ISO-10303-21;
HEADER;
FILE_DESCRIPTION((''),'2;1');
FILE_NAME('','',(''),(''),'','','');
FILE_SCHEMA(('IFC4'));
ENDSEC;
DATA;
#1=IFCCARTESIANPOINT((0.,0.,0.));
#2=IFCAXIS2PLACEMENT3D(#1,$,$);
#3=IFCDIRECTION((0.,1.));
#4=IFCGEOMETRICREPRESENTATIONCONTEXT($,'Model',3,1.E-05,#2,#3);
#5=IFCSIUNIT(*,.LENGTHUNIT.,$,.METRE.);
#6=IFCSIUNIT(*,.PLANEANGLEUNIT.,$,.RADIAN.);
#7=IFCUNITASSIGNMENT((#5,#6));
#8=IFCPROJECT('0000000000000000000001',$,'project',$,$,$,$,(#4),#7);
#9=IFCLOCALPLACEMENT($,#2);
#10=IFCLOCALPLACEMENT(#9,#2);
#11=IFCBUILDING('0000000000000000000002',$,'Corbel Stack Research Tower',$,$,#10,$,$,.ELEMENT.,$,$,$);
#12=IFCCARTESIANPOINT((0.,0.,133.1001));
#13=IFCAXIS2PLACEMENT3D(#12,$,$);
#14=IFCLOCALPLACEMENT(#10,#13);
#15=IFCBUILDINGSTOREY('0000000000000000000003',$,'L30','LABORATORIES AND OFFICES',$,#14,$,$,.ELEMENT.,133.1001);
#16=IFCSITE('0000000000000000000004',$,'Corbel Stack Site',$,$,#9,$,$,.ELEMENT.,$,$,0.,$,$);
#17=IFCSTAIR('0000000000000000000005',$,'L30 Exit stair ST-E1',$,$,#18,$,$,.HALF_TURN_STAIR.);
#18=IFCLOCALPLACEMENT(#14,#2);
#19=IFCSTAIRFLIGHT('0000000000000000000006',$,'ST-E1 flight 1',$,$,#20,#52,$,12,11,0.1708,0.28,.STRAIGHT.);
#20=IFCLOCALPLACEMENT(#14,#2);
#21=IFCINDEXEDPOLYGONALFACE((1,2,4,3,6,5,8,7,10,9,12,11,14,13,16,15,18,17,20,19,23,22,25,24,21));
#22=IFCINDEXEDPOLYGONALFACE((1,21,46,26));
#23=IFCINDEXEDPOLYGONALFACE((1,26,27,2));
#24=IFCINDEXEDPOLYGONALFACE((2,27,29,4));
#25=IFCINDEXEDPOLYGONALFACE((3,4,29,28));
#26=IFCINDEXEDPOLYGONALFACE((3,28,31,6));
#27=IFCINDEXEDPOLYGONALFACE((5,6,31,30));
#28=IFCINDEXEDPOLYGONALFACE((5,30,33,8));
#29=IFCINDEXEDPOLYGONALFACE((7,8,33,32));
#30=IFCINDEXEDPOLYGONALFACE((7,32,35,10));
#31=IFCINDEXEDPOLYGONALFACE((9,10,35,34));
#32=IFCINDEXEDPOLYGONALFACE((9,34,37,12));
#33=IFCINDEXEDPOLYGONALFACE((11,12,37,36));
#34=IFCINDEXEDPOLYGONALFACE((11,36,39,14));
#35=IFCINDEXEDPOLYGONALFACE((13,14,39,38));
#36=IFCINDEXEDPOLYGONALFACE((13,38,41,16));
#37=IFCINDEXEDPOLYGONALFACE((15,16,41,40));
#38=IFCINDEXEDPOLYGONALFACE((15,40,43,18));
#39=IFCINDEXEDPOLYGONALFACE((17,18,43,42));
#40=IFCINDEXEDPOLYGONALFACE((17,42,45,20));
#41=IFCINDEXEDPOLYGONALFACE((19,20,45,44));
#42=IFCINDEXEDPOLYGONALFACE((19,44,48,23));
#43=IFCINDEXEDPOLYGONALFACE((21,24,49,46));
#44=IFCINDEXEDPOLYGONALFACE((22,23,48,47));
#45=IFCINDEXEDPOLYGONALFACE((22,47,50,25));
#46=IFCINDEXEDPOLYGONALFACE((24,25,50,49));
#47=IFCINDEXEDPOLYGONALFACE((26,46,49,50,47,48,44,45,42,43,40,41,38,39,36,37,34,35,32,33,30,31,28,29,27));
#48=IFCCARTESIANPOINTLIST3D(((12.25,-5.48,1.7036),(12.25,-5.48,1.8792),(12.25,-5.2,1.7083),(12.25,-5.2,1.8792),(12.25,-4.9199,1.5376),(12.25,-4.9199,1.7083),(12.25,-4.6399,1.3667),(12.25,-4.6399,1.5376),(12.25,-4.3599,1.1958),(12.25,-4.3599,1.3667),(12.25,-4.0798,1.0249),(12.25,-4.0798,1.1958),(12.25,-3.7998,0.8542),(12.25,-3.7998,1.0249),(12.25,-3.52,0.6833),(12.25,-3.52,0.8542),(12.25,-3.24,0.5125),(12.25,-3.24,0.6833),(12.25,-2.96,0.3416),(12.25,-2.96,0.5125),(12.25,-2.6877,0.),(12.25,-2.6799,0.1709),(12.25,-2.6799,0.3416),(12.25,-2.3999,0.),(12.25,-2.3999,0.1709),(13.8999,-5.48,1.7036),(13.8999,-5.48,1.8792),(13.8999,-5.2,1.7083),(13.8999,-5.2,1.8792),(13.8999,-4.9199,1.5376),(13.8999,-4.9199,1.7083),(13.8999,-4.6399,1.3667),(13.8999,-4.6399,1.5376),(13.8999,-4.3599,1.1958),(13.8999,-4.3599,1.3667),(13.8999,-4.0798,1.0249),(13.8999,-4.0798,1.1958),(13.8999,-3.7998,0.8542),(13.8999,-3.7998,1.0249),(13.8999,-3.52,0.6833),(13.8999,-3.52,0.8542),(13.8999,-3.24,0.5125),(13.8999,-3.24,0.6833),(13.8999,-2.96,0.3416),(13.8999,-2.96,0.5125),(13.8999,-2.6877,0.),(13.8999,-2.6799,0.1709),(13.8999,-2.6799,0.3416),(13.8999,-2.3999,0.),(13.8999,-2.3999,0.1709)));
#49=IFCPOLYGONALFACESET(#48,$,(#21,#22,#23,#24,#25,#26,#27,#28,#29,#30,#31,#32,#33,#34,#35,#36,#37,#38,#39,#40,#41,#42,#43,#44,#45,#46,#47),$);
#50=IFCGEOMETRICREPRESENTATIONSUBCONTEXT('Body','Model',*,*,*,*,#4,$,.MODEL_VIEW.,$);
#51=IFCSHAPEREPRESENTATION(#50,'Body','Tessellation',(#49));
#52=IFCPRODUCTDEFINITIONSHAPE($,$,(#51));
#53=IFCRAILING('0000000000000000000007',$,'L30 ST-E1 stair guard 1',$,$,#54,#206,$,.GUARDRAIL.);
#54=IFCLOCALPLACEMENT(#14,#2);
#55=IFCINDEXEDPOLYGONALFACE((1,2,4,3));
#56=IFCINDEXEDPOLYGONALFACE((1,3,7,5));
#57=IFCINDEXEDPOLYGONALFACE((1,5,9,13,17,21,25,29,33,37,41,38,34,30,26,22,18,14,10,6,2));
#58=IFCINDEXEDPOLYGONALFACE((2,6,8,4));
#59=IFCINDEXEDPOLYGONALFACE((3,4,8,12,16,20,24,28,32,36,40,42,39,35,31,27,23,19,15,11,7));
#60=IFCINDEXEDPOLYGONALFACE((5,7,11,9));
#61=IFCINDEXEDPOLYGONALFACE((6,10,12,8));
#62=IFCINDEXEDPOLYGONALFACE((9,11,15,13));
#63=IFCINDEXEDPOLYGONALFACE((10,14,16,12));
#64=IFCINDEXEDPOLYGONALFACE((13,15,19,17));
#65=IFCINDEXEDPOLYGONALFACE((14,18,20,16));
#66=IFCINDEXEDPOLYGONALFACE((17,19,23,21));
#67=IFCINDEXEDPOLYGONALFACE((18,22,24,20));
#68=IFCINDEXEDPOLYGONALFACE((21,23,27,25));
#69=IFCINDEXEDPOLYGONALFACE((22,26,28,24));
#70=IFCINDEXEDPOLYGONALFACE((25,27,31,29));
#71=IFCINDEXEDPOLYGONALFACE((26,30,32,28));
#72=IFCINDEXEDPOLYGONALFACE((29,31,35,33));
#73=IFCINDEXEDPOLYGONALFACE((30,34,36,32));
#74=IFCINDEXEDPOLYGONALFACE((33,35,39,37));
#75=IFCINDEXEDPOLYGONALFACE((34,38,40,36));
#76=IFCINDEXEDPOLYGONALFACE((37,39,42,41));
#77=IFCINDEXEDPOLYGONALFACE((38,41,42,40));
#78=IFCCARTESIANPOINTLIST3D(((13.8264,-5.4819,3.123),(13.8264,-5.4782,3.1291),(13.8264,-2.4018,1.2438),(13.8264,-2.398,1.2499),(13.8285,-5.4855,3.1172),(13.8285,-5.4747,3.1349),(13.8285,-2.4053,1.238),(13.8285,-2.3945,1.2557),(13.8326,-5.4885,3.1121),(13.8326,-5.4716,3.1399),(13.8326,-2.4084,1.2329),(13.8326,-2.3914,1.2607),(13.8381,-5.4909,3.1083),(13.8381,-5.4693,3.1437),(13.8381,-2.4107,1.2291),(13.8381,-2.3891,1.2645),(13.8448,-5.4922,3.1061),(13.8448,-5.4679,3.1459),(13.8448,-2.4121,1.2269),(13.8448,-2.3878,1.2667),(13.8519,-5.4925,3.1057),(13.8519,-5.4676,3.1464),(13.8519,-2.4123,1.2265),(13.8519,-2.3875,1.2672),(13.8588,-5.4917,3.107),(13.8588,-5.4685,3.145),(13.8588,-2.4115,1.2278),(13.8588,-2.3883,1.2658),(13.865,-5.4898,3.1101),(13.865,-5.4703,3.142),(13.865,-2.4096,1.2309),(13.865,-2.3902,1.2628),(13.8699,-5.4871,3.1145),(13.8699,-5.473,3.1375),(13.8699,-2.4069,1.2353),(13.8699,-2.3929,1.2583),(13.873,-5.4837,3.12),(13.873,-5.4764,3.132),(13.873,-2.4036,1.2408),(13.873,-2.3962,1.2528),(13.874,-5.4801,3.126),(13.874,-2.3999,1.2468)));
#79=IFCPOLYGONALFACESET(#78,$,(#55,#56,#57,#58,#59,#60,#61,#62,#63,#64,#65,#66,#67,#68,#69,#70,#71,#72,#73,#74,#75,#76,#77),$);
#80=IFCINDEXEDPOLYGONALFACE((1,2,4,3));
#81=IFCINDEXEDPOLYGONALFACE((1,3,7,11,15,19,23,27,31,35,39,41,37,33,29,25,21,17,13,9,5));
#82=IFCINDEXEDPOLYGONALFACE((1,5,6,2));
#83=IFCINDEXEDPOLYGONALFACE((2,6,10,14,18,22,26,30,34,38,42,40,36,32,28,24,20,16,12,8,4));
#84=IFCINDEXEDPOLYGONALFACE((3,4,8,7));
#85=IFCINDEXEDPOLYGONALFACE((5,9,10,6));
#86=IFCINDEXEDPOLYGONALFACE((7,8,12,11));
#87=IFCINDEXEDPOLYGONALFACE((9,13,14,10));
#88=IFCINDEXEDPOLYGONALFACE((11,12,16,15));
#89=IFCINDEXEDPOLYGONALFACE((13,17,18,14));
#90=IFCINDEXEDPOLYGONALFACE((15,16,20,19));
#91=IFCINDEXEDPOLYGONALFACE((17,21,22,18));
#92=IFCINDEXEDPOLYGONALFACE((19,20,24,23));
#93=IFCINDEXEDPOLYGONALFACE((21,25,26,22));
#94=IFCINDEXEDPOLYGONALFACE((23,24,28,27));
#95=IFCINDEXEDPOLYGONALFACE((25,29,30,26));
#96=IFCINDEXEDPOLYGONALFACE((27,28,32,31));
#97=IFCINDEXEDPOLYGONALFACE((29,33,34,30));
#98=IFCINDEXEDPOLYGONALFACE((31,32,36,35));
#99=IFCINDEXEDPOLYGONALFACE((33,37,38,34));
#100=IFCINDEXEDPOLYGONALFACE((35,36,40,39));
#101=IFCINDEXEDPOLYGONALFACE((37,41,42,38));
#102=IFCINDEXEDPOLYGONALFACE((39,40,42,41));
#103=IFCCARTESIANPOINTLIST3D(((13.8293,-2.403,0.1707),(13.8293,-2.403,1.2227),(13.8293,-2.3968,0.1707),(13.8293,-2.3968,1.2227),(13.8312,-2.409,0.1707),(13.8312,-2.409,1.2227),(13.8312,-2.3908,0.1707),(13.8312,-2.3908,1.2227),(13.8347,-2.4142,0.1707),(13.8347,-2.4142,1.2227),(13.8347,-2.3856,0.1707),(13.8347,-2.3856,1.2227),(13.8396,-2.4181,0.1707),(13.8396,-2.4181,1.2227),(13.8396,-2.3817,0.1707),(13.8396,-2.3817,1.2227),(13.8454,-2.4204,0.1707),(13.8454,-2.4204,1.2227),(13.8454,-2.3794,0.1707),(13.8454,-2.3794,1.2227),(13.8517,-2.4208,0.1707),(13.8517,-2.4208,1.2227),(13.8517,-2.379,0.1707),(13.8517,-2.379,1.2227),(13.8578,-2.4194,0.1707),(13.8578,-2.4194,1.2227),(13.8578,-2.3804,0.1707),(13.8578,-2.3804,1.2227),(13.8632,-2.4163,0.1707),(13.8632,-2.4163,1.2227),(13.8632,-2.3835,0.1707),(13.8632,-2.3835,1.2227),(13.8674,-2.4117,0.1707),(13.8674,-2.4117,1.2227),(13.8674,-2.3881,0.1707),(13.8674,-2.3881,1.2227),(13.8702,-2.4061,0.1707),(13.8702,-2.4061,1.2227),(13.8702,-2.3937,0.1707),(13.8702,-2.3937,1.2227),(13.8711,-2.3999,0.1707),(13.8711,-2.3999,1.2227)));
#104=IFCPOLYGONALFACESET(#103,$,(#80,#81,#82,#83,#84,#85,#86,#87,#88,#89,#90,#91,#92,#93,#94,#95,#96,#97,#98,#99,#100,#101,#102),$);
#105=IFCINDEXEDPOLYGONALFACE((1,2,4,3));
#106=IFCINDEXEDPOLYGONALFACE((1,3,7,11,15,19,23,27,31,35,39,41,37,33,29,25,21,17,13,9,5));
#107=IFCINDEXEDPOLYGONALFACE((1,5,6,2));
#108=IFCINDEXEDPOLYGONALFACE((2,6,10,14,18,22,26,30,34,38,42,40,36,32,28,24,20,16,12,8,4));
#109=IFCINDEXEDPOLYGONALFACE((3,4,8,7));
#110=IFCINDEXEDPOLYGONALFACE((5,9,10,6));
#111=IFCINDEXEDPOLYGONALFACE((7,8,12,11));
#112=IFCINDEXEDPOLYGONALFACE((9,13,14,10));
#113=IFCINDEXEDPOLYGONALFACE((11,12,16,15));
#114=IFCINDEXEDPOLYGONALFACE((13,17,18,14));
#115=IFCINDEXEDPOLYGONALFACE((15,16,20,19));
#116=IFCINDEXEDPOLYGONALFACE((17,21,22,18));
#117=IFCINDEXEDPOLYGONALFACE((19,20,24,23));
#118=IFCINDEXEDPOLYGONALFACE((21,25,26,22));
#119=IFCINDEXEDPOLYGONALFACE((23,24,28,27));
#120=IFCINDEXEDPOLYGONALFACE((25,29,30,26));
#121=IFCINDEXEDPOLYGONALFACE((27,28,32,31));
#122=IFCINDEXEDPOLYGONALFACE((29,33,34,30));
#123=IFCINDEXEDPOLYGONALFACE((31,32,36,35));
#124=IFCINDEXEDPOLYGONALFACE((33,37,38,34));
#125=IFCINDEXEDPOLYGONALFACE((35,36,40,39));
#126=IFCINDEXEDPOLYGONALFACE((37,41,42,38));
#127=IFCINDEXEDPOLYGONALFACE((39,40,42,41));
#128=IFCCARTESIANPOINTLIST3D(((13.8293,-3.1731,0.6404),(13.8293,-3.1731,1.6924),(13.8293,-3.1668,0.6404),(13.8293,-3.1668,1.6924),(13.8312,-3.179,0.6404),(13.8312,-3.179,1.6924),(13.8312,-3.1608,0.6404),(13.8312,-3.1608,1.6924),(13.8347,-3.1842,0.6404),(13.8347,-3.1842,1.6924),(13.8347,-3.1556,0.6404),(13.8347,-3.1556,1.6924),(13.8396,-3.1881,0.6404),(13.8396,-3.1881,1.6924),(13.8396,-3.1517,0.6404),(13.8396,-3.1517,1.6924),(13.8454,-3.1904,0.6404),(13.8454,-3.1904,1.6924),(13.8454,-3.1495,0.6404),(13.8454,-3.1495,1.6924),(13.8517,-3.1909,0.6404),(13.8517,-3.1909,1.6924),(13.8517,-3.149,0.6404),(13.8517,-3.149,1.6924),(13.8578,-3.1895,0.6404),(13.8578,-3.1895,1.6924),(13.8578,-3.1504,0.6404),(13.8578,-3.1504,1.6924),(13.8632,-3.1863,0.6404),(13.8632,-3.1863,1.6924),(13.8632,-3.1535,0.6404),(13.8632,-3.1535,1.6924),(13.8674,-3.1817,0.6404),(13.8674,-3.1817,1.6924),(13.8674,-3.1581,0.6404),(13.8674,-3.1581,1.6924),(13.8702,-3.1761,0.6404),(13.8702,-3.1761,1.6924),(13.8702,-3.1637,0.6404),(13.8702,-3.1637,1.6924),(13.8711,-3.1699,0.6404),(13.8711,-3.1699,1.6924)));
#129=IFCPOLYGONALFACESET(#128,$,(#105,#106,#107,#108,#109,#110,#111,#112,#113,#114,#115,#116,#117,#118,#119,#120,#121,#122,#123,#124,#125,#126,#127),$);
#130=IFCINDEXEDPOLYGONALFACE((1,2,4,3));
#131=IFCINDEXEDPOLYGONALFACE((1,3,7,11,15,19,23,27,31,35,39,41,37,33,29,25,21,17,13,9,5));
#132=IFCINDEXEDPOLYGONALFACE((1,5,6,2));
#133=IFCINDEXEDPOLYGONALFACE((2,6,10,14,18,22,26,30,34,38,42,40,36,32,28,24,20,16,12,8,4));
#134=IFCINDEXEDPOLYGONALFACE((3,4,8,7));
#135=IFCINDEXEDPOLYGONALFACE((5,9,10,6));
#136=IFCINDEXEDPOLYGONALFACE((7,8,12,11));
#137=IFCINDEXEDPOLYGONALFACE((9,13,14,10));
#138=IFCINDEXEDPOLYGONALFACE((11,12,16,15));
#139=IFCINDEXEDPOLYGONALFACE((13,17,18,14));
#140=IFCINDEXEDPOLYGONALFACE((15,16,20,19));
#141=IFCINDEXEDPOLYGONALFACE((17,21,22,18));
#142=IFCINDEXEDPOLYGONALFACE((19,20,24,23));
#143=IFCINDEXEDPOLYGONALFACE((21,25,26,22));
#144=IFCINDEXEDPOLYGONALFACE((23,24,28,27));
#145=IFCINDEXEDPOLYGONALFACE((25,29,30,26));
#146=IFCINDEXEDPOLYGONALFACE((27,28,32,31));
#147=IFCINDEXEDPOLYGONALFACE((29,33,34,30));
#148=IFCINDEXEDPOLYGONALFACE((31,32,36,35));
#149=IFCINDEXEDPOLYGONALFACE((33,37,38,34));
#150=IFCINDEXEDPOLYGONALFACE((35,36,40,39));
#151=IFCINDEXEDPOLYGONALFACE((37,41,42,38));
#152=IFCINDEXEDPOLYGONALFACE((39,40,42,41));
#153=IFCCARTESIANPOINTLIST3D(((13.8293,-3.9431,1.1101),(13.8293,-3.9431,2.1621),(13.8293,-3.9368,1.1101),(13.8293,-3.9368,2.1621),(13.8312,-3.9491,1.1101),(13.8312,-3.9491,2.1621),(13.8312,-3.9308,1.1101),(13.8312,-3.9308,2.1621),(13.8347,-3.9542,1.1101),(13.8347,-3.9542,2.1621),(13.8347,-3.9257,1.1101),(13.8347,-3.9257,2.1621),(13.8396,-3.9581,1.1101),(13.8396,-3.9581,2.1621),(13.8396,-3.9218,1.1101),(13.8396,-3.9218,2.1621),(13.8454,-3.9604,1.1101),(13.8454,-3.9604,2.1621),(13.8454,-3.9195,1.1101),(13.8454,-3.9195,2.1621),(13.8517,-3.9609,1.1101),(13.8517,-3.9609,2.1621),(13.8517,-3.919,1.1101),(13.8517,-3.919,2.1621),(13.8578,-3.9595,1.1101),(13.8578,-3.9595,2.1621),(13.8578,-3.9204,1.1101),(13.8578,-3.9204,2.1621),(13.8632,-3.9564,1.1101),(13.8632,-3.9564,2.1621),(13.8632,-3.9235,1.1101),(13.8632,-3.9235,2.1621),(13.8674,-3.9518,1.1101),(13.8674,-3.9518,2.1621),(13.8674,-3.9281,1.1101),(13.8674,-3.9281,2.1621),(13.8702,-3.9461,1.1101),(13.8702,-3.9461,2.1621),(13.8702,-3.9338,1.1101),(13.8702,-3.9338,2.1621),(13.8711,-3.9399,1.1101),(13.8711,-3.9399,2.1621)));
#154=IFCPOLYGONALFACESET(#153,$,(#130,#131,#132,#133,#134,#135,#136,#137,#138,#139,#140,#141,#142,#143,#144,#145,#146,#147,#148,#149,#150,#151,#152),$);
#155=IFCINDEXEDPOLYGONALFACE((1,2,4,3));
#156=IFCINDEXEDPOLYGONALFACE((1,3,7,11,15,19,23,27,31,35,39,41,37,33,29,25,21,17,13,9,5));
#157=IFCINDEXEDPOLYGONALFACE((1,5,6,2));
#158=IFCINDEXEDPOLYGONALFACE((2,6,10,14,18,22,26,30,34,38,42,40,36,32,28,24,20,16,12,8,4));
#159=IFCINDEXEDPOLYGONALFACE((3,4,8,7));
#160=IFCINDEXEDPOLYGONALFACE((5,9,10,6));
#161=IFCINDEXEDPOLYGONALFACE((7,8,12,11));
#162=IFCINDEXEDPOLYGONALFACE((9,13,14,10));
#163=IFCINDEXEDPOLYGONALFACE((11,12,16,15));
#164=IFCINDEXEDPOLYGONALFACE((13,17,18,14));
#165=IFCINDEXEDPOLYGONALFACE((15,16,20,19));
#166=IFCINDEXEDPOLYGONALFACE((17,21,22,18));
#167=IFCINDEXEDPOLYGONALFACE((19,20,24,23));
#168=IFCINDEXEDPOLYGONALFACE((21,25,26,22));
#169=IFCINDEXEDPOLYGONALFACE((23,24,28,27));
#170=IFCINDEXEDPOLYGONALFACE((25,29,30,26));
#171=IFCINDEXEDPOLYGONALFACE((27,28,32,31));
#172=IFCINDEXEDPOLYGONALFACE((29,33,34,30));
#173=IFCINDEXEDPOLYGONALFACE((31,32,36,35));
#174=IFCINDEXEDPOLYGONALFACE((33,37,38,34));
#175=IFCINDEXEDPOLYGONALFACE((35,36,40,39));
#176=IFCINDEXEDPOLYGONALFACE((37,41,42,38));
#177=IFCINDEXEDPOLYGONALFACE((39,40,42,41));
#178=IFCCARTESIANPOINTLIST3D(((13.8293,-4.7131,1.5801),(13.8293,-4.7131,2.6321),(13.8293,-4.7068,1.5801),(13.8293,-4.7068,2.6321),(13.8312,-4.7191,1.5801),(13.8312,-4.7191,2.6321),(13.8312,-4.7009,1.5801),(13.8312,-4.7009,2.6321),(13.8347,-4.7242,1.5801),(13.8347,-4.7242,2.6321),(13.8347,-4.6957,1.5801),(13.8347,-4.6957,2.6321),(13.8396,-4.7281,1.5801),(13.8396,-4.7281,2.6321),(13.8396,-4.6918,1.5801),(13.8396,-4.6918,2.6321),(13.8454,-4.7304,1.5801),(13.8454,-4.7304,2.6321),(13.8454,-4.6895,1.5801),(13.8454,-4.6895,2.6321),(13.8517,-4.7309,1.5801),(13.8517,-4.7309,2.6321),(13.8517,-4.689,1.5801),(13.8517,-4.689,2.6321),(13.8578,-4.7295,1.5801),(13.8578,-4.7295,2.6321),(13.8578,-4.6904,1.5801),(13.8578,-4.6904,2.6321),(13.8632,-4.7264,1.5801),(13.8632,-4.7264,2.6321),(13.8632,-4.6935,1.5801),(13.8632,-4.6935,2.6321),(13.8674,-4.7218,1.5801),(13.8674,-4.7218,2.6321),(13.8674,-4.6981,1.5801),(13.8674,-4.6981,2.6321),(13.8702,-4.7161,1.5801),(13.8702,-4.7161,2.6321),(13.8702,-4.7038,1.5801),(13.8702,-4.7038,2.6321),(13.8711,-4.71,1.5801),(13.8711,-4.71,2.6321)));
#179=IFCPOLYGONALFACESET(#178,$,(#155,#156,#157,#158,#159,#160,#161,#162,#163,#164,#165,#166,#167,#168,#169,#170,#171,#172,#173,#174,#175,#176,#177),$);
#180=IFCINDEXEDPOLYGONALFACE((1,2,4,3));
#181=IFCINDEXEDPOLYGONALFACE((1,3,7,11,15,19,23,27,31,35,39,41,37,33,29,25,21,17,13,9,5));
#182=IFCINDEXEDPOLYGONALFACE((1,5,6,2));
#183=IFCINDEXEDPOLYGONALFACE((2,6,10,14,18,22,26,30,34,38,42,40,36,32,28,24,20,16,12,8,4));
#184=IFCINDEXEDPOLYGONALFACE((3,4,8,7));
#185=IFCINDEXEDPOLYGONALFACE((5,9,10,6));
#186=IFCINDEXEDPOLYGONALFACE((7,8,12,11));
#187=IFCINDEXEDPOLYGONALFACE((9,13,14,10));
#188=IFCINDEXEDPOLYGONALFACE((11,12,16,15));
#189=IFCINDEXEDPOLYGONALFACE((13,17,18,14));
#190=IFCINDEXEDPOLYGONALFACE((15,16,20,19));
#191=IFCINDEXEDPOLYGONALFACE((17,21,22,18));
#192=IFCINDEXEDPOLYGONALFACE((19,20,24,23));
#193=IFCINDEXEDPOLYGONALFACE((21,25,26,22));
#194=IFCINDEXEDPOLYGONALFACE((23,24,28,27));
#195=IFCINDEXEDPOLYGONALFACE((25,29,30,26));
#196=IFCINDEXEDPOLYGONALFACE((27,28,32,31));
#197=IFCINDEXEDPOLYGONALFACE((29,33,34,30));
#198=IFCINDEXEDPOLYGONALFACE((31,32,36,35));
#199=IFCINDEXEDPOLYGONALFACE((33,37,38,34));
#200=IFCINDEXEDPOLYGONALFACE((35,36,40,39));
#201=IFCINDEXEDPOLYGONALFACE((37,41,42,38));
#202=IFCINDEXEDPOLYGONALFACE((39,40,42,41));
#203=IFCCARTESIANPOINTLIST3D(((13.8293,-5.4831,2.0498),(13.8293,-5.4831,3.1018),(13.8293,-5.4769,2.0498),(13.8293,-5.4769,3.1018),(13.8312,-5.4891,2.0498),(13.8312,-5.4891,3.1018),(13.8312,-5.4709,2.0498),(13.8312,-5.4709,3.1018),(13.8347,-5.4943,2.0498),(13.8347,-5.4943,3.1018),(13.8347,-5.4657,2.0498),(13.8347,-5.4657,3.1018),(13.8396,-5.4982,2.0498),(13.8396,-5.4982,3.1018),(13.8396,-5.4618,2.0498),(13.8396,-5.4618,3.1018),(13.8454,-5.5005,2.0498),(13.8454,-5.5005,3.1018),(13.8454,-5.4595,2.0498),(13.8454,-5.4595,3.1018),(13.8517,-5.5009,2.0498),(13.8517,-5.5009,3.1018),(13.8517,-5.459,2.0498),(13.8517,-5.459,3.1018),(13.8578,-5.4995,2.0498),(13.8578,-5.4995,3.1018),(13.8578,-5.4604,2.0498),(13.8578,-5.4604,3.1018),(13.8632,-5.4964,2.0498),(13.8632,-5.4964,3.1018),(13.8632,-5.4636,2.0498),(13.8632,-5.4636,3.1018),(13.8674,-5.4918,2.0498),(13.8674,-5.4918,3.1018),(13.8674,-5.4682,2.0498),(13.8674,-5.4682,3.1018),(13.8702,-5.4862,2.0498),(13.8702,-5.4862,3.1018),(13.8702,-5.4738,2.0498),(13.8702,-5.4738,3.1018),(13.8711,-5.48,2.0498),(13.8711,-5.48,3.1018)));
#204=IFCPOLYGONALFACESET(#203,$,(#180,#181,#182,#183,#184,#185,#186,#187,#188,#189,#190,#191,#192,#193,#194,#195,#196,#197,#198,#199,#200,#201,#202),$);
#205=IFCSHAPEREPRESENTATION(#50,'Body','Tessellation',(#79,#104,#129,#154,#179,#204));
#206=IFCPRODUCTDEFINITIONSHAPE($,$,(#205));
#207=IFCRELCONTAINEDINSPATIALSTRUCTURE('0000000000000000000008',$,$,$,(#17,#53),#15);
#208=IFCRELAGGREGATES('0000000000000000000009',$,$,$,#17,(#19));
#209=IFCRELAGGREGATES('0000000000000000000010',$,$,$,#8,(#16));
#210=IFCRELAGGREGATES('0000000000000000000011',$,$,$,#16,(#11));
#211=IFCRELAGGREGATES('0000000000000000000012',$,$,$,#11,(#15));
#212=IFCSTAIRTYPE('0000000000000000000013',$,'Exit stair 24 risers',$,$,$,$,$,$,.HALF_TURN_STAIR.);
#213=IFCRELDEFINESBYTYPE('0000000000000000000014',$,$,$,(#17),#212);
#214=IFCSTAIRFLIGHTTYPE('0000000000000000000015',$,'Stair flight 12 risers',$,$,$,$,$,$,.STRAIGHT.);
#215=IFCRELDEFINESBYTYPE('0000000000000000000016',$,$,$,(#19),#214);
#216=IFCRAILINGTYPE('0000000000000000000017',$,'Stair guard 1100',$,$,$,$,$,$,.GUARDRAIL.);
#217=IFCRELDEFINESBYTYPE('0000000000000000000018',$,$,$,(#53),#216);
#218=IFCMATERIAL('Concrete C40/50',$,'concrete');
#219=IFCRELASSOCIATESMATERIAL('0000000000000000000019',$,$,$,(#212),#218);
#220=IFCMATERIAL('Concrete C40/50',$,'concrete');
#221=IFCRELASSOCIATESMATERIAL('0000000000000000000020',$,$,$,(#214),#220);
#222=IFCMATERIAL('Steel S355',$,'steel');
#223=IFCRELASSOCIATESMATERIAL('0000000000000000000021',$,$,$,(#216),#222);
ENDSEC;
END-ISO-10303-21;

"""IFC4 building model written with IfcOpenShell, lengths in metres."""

from ifc_helpers import new_model, si_unit, direction, frame, origin, origin_2d, place, context, subcontext, project, spatial, polyline, circle, outline, extrude, material, type_object, element, aggregate, save


model = new_model("IFC4")

# Units and contexts
model_context = context("Model", 3, precision=1e-05, world=origin(), true_north=direction((0.0, 1.0)))
body_context = subcontext(model_context, "Body", "Model", "MODEL_VIEW")
ifc_project = project(units=[si_unit("LENGTHUNIT", "METRE"), si_unit("PLANEANGLEUNIT", "RADIAN")], contexts=[model_context])

# Site, building, storey
site_placement = place(None, origin())
site = spatial("IfcSite", under=ifc_project, at=site_placement, Name="Corbel Stack Site", CompositionType="ELEMENT", RefElevation=0.0)
building_placement = place(site_placement, origin())
building = spatial("IfcBuilding", under=site, at=building_placement, Name="Corbel Stack Research Tower", CompositionType="ELEMENT")
storey_placement = place(building_placement, frame((0.0, 0.0, 133.1001)))
storey = spatial("IfcBuildingStorey", under=building, at=storey_placement, Name="L30", Description="LABORATORIES AND OFFICES", CompositionType="ELEMENT", Elevation=133.1001)

# Stair
ifc_material_1 = material(Name="Concrete C40/50", Category="concrete")
stair_type = type_object("IfcStairType", Name="Exit stair 24 risers", PredefinedType="HALF_TURN_STAIR", material=ifc_material_1)
stair_1_placement = place(storey_placement, origin())
stair_1 = element("IfcStair", 1, at=stair_1_placement, inside=storey, type_object=stair_type, Name="L30 Exit stair ST-E1", PredefinedType="HALF_TURN_STAIR")

# Stair flight
ifc_material_2 = material(Name="Concrete C40/50", Category="concrete")
stair_flight_type = type_object("IfcStairFlightType", Name="Stair flight 12 risers", PredefinedType="STRAIGHT", material=ifc_material_2)
stair_flight_placement = place(storey_placement, frame((13.075, -2.3999, 0.0), z_axis=(0.0, 0.0, 1.0), x_axis=(0.0, -1.0, 0.0)))
stair_flight = element("IfcStairFlight", 2, at=stair_flight_placement, type_object=stair_flight_type, Name="ST-E1 flight 1", NumberOfRisers=12, NumberOfTreads=11, PredefinedType="STRAIGHT", RiserHeight=0.1708, TreadLength=0.28, context=body_context, shape_type="SweptSolid", body=[
    extrude(outline(polyline([(0.0, 0.0), (0.0, 0.1709), (0.28, 0.1709), (0.28, 0.3416), (0.5601, 0.3416), (0.5601, 0.5125), (0.8401, 0.5125), (0.8401, 0.6833), (1.1201, 0.6833), (1.1201, 0.8542), (1.3999, 0.8542), (1.3999, 1.0249), (1.6799, 1.0249), (1.6799, 1.1958), (1.96, 1.1958), (1.96, 1.3667), (2.24, 1.3667), (2.24, 1.5376), (2.52, 1.5376), (2.52, 1.7083), (2.8, 1.7083), (2.8, 1.8792), (3.0801, 1.8792), (3.0801, 2.05), (3.0801, 1.7036), (0.2878, 0.0), (0.0, 0.0)])), frame((0.0, 0.825, 0.0), z_axis=(0.0, -1.0, 0.0), x_axis=(1.0, 0.0, 0.0)), (0.0, 0.0, 1.0), 1.6499),
])
aggregate(stair_1, [stair_flight])

# Railing
ifc_material_3 = material(Name="Steel S355", Category="steel")
railing_type_1 = type_object("IfcRailingType", Name="Stair guard 1100", PredefinedType="GUARDRAIL", material=ifc_material_3)
railing_1_placement = place(storey_placement, frame((13.8501, -2.3999, 0.1707)))
element("IfcRailing", 3, at=railing_1_placement, inside=storey, type_object=railing_type_1, Name="L30 ST-E1 stair guard 1", PredefinedType="GUARDRAIL", context=body_context, shape_type="SweptSolid", body=[
    extrude(circle(Radius=0.0239, at=origin_2d()), frame((0.0, 0.0, 1.0762), z_axis=(0.0, -0.853666, 0.52082), x_axis=(1.0, 0.0, 0.0)), (0.0, 0.0, 1.0), 3.6082),
    extrude(circle(Radius=0.021, at=origin_2d()), origin(), (0.0, 0.0, 1.0), 1.052),
    extrude(circle(Radius=0.021, at=origin_2d()), frame((0.0, -0.77, 0.4697)), (0.0, 0.0, 1.0), 1.052),
    extrude(circle(Radius=0.021, at=origin_2d()), frame((0.0, -1.54, 0.9395)), (0.0, 0.0, 1.0), 1.052),
    extrude(circle(Radius=0.021, at=origin_2d()), frame((0.0, -2.3101, 1.4094)), (0.0, 0.0, 1.0), 1.052),
    extrude(circle(Radius=0.021, at=origin_2d()), frame((0.0, -3.0801, 1.8792)), (0.0, 0.0, 1.0), 1.052),
])

save(model, "model.ifc")
